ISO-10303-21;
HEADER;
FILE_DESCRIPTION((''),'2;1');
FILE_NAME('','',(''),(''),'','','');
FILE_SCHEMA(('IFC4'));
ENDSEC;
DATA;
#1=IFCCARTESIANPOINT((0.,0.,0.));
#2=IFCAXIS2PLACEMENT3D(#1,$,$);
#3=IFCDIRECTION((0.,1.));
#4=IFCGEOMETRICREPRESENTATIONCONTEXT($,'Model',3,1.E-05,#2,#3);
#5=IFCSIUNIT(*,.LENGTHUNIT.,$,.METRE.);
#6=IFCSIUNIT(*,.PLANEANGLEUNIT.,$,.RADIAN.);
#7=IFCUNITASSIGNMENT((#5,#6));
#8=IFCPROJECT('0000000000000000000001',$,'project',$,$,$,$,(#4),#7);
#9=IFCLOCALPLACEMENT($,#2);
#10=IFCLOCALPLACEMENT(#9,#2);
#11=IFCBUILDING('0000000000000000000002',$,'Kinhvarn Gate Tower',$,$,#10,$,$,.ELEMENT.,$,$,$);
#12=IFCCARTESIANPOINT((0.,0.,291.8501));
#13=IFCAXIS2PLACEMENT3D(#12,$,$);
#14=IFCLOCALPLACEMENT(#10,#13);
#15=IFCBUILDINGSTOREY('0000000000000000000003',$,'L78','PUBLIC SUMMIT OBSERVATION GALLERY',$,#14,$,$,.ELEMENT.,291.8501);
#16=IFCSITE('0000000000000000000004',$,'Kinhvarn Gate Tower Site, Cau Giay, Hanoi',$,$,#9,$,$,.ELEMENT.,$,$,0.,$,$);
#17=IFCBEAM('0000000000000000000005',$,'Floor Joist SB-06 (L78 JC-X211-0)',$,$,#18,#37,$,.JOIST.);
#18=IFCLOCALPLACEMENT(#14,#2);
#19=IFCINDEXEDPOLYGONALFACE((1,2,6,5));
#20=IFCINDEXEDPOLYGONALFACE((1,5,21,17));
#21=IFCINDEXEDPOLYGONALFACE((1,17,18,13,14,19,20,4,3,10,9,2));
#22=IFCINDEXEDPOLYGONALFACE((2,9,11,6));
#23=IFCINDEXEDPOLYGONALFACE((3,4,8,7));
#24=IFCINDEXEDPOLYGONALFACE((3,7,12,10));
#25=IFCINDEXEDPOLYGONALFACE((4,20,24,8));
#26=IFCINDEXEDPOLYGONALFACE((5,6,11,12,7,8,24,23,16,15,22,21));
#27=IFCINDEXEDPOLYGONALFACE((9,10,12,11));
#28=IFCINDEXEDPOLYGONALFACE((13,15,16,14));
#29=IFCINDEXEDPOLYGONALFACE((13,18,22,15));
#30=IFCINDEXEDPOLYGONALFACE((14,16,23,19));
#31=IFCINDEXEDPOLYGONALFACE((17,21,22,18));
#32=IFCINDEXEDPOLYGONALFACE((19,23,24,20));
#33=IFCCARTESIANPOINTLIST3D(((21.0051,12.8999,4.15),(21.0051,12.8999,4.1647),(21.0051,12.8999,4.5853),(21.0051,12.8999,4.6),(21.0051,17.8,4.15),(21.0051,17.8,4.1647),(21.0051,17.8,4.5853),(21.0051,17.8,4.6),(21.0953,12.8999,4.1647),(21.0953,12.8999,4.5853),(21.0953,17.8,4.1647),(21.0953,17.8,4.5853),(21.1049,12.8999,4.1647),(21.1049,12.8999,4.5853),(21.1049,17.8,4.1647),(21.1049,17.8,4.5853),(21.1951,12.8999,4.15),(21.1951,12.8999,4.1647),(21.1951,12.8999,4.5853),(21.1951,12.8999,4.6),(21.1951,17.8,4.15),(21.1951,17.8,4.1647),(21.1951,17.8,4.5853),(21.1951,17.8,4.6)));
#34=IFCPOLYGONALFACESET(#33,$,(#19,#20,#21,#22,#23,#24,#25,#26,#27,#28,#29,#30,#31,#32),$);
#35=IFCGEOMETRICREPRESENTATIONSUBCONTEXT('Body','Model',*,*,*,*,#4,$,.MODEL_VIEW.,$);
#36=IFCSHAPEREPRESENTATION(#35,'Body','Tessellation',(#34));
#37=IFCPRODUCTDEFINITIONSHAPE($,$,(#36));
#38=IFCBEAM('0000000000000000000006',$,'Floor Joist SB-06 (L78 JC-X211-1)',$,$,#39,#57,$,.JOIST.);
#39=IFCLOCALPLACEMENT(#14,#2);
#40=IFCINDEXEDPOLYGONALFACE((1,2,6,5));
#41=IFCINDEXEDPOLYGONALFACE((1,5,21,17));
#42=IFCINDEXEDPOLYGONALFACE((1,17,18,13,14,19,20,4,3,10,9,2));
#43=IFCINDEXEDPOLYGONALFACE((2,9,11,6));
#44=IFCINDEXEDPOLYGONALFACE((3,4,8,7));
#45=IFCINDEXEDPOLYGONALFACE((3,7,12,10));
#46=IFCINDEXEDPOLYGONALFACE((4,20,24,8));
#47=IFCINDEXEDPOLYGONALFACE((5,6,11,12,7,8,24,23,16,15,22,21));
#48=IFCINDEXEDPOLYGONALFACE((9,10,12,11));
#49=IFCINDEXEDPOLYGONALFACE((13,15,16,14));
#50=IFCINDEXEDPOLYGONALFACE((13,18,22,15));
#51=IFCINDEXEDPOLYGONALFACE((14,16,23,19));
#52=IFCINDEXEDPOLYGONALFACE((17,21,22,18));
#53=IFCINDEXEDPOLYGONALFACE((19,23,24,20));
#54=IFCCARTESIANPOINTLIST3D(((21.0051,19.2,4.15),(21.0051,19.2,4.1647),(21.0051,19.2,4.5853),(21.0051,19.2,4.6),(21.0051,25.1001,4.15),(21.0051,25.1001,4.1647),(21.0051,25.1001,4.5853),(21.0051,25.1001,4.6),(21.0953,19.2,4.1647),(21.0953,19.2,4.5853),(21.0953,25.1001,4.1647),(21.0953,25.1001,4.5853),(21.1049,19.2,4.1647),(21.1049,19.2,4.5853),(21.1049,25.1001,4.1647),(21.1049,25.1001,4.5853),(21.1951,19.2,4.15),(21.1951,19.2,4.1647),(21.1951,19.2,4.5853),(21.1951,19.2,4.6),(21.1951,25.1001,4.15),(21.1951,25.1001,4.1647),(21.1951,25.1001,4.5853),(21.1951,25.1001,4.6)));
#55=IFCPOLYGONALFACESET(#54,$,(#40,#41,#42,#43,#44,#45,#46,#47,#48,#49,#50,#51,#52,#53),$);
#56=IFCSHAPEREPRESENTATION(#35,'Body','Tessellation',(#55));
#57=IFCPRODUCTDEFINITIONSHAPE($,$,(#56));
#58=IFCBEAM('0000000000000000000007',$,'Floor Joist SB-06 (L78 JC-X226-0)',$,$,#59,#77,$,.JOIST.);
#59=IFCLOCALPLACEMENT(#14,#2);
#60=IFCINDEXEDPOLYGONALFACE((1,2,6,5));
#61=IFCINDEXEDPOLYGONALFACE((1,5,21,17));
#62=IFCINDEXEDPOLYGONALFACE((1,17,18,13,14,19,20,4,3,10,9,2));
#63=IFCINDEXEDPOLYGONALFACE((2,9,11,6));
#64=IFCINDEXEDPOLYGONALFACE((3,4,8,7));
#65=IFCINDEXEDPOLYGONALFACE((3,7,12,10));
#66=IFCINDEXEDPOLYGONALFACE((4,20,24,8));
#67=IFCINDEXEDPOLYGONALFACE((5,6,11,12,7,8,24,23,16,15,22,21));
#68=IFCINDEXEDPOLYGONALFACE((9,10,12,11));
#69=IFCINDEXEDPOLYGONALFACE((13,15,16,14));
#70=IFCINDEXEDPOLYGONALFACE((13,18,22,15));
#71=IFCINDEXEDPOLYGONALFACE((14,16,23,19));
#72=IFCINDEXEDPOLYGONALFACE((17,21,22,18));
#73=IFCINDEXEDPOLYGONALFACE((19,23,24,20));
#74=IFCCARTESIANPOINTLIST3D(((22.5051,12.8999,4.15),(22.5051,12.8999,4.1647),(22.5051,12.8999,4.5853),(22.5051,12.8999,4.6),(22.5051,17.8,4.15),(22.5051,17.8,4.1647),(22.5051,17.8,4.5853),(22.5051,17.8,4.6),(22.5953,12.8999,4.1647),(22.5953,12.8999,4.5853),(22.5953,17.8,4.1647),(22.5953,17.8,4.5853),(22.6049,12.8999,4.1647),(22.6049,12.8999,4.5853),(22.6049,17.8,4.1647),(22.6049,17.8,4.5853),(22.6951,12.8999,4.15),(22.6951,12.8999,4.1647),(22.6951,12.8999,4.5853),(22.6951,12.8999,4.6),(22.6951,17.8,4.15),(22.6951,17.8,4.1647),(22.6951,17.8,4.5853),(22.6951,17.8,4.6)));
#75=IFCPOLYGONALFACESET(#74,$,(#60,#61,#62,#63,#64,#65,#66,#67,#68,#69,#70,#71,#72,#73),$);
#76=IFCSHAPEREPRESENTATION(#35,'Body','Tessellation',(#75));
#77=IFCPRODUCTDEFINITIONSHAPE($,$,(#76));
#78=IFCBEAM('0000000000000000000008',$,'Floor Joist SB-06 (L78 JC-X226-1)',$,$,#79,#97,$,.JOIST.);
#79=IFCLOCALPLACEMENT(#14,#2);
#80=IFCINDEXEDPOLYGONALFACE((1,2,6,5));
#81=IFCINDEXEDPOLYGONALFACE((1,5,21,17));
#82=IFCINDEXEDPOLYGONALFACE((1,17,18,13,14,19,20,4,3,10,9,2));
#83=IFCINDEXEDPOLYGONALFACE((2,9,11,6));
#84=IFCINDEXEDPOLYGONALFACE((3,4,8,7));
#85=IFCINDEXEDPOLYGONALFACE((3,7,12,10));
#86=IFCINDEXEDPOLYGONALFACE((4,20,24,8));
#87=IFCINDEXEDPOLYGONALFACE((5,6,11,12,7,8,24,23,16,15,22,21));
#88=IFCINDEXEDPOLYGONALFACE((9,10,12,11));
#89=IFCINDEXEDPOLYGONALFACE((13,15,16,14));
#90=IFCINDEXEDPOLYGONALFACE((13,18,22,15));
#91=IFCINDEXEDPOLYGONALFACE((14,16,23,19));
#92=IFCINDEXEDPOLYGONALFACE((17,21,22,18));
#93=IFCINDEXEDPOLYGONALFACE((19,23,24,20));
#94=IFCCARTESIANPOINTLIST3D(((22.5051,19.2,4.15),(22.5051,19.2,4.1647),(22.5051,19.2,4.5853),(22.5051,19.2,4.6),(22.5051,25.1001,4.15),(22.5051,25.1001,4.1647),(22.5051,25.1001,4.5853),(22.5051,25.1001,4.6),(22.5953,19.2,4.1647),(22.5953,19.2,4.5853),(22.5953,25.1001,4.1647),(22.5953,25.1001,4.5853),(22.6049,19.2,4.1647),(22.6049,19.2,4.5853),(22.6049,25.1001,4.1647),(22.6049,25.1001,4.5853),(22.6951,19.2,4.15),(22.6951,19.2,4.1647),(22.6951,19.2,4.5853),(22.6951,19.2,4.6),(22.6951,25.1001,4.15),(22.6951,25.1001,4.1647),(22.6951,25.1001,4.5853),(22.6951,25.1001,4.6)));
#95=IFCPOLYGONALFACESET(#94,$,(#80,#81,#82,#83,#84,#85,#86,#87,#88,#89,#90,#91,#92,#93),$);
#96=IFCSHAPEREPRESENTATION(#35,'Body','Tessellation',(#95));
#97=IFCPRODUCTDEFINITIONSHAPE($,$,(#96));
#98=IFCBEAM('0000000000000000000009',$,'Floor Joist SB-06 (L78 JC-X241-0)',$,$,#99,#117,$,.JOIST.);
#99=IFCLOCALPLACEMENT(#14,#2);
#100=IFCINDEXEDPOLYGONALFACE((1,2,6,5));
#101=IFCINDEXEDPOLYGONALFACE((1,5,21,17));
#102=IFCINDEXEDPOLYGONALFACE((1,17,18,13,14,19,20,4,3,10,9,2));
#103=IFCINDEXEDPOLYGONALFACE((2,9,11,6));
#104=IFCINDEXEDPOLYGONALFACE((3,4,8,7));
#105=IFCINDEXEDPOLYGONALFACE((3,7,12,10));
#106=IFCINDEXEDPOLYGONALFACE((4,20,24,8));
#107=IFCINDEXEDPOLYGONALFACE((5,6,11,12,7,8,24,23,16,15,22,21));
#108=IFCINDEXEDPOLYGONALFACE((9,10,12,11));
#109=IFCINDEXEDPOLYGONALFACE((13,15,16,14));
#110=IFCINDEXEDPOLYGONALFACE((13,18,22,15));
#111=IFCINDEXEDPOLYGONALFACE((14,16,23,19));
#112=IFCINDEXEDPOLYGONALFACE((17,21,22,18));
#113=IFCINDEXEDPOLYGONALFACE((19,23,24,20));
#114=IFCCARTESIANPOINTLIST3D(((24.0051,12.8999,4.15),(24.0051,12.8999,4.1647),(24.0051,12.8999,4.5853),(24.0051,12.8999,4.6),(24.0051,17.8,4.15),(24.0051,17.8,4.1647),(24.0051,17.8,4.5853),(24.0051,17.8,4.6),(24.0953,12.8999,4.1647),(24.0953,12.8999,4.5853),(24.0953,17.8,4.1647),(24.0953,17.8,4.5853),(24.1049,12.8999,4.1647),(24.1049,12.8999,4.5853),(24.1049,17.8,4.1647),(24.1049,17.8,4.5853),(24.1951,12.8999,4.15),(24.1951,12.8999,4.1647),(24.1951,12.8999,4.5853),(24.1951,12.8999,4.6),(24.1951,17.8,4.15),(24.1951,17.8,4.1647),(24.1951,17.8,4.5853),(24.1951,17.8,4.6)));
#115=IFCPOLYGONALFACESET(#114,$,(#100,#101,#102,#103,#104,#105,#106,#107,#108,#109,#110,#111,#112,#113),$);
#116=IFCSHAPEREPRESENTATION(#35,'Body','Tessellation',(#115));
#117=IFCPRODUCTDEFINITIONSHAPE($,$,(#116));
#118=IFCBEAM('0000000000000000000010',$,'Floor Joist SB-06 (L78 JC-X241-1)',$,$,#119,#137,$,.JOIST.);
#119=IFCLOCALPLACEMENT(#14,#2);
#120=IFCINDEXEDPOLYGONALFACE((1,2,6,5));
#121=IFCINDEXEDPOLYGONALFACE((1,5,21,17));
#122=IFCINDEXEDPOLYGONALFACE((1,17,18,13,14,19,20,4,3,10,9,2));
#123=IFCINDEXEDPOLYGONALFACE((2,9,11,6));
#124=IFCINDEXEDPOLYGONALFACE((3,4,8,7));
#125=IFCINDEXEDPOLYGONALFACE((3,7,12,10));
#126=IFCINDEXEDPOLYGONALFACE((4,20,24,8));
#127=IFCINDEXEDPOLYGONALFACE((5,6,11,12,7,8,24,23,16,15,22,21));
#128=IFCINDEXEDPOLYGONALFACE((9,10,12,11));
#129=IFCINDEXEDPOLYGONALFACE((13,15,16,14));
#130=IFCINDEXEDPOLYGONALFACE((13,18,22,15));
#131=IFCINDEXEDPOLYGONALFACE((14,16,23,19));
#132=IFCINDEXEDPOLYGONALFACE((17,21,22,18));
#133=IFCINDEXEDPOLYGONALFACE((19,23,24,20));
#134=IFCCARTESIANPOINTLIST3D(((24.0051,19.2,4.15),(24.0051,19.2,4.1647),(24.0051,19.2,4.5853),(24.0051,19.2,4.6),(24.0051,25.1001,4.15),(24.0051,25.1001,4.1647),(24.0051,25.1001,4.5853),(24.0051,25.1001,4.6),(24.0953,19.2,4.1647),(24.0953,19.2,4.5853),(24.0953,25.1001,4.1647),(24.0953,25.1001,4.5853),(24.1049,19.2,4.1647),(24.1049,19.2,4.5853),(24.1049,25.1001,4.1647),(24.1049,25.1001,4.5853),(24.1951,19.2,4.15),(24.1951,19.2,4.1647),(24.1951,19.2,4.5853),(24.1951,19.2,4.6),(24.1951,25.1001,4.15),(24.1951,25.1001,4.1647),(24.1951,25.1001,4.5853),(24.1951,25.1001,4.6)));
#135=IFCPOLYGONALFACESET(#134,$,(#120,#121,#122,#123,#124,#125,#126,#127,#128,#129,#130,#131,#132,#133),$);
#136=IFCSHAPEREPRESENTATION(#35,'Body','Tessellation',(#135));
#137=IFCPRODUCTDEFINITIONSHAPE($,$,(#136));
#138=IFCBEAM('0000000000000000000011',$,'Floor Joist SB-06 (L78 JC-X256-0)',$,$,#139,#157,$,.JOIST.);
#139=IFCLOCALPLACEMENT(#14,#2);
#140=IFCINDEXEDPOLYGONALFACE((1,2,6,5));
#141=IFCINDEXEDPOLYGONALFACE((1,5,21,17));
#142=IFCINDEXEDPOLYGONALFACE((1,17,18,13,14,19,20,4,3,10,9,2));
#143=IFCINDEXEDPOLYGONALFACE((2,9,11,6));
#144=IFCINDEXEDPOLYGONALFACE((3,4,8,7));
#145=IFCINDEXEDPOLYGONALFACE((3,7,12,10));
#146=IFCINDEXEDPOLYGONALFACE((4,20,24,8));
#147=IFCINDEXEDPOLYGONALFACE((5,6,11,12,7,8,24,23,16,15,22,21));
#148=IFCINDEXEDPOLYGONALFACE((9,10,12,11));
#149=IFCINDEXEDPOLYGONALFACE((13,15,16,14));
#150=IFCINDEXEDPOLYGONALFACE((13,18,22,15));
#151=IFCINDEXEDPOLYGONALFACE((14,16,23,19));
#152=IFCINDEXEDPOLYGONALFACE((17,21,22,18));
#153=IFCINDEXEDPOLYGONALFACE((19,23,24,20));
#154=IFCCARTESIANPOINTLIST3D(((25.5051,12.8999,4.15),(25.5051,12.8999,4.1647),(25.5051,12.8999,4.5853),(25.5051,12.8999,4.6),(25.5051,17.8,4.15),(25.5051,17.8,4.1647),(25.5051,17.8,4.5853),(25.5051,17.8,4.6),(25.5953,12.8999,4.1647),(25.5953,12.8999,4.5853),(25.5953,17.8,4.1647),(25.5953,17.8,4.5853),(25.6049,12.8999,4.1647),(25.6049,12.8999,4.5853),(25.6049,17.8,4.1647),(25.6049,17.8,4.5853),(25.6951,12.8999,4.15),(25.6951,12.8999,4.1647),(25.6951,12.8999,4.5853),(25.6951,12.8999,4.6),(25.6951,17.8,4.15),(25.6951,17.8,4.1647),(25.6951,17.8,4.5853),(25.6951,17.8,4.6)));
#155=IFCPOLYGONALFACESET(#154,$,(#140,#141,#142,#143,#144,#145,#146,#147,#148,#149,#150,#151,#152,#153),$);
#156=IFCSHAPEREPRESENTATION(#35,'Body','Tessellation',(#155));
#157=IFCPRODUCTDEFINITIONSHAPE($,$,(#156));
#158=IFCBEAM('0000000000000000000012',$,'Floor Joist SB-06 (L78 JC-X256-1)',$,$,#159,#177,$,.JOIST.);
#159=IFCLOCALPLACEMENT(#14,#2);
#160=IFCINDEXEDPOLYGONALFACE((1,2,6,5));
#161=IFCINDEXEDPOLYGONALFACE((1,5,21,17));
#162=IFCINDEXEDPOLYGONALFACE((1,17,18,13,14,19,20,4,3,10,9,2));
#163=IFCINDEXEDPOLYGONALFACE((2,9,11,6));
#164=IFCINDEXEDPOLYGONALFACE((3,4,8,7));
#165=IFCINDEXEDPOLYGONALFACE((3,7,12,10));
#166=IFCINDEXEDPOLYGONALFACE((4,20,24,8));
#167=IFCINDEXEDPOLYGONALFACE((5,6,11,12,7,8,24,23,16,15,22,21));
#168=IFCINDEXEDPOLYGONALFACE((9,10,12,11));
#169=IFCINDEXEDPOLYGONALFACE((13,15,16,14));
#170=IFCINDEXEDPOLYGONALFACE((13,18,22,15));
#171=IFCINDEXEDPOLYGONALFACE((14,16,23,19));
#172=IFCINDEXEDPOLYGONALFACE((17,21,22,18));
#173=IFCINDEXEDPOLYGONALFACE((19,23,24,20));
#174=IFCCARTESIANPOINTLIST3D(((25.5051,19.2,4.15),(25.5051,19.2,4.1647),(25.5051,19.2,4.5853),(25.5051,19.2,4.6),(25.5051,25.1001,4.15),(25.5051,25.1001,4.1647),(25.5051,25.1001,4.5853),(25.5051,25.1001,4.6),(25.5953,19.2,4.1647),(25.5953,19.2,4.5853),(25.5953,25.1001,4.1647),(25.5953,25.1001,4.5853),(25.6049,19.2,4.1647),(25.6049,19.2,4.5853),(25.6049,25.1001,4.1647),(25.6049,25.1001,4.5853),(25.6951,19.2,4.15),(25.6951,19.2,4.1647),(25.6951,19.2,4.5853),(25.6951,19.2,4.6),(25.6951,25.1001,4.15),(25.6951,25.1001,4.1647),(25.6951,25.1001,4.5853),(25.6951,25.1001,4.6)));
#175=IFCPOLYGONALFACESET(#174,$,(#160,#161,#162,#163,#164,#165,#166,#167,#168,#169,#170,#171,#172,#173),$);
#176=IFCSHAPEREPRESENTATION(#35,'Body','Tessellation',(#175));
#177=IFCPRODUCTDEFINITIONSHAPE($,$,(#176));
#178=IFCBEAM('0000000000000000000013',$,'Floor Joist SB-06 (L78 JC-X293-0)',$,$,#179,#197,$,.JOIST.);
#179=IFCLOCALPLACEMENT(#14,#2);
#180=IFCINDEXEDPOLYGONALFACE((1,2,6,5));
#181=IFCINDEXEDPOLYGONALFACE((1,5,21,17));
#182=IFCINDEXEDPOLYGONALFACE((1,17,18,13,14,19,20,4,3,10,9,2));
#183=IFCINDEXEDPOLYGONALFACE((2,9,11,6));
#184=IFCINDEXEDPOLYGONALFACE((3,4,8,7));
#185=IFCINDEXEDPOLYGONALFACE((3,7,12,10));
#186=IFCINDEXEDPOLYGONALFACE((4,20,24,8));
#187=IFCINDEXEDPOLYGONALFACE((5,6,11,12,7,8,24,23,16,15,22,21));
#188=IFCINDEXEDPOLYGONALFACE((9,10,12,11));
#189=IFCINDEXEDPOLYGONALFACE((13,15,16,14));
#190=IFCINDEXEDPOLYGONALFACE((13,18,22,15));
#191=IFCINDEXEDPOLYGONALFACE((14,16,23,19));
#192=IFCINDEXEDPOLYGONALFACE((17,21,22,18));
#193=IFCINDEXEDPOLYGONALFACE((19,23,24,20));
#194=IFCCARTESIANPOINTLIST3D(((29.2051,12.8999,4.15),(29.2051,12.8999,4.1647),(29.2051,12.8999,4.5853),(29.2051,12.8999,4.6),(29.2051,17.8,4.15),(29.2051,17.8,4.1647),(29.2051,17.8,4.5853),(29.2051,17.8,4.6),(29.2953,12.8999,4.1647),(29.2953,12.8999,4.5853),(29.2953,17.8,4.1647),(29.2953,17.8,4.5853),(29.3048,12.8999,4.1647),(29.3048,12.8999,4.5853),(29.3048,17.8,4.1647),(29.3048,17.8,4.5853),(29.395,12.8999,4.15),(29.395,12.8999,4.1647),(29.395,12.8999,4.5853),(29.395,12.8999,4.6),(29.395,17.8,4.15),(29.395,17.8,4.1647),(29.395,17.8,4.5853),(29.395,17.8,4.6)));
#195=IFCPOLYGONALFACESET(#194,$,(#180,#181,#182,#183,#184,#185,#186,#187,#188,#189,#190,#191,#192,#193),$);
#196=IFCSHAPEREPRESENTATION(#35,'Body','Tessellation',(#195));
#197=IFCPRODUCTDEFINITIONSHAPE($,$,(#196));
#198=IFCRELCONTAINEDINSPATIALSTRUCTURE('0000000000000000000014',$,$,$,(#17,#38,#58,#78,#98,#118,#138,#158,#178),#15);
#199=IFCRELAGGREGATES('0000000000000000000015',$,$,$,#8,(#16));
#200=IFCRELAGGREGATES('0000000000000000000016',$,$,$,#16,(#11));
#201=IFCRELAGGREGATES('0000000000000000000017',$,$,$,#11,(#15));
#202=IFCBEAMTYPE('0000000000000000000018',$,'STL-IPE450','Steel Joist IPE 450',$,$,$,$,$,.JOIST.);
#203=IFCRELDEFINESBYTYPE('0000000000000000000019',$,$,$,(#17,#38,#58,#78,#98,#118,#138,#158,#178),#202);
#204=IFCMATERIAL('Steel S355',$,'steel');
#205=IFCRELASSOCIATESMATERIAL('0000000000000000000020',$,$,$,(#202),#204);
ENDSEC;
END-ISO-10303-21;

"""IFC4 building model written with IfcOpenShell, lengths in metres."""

from ifc_helpers import new_model, si_unit, direction, frame, origin, origin_2d, place, context, subcontext, project, spatial, i_section, extrude, material, material_profile, profile_set, type_object, element, save


model = new_model("IFC4")

# Units and contexts
model_context = context("Model", 3, precision=1e-05, world=origin(), true_north=direction((0.0, 1.0)))
body_context = subcontext(model_context, "Body", "Model", "MODEL_VIEW")
ifc_project = project(units=[si_unit("LENGTHUNIT", "METRE"), si_unit("PLANEANGLEUNIT", "RADIAN")], contexts=[model_context])

# Site, building, storey
site_placement = place(None, origin())
site = spatial("IfcSite", under=ifc_project, at=site_placement, Name="Kinhvarn Gate Tower Site, Cau Giay, Hanoi", CompositionType="ELEMENT", RefElevation=0.0)
building_placement = place(site_placement, origin())
building = spatial("IfcBuilding", under=site, at=building_placement, Name="Kinhvarn Gate Tower", CompositionType="ELEMENT")
storey_placement = place(building_placement, frame((0.0, 0.0, 291.8501)))
storey = spatial("IfcBuildingStorey", under=building, at=storey_placement, Name="L78", Description="PUBLIC SUMMIT OBSERVATION GALLERY", CompositionType="ELEMENT", Elevation=291.8501)

# Beams
ifc_material_1 = material(Name="Steel S355", Category="steel")
ifc_material_profile = material_profile(ifc_material_1, i_section(OverallWidth=0.1899, OverallDepth=0.45, WebThickness=0.0095, FlangeThickness=0.0146, at=origin_2d()), Name="IPE 450")
ifc_profile_set = profile_set([ifc_material_profile], Name="Steel S355")
beam_type = type_object("IfcBeamType", Name="STL-IPE450", Description="Steel Joist IPE 450", PredefinedType="JOIST", material=ifc_profile_set)
beam_1_placement = place(storey_placement, frame((21.1001, 12.8999, 4.375), z_axis=(0.0, 1.0, 0.0), x_axis=(-1.0, 0.0, 0.0)))
element("IfcBeam", 1, at=beam_1_placement, inside=storey, type_object=beam_type, Name="Floor Joist SB-06 (L78 JC-X211-0)", PredefinedType="JOIST", context=body_context, shape_type="SweptSolid", body=[
    extrude(i_section(OverallWidth=0.1899, OverallDepth=0.45, WebThickness=0.0095, FlangeThickness=0.0146, at=origin_2d()), origin(), (0.0, 0.0, 1.0), 4.9001),
])
beam_2_placement = place(storey_placement, frame((21.1001, 19.2, 4.375), z_axis=(0.0, 1.0, 0.0), x_axis=(-1.0, 0.0, 0.0)))
element("IfcBeam", 2, at=beam_2_placement, inside=storey, type_object=beam_type, Name="Floor Joist SB-06 (L78 JC-X211-1)", PredefinedType="JOIST", context=body_context, shape_type="SweptSolid", body=[
    extrude(i_section(OverallWidth=0.1899, OverallDepth=0.45, WebThickness=0.0095, FlangeThickness=0.0146, at=origin_2d()), origin(), (0.0, 0.0, 1.0), 5.9001),
])
beam_3_placement = place(storey_placement, frame((22.6001, 12.8999, 4.375), z_axis=(0.0, 1.0, 0.0), x_axis=(-1.0, 0.0, 0.0)))
element("IfcBeam", 3, at=beam_3_placement, inside=storey, type_object=beam_type, Name="Floor Joist SB-06 (L78 JC-X226-0)", PredefinedType="JOIST", context=body_context, shape_type="SweptSolid", body=[
    extrude(i_section(OverallWidth=0.1899, OverallDepth=0.45, WebThickness=0.0095, FlangeThickness=0.0146, at=origin_2d()), origin(), (0.0, 0.0, 1.0), 4.9001),
])
beam_4_placement = place(storey_placement, frame((22.6001, 19.2, 4.375), z_axis=(0.0, 1.0, 0.0), x_axis=(-1.0, 0.0, 0.0)))
element("IfcBeam", 4, at=beam_4_placement, inside=storey, type_object=beam_type, Name="Floor Joist SB-06 (L78 JC-X226-1)", PredefinedType="JOIST", context=body_context, shape_type="SweptSolid", body=[
    extrude(i_section(OverallWidth=0.1899, OverallDepth=0.45, WebThickness=0.0095, FlangeThickness=0.0146, at=origin_2d()), origin(), (0.0, 0.0, 1.0), 5.9001),
])
beam_5_placement = place(storey_placement, frame((24.1001, 12.8999, 4.375), z_axis=(0.0, 1.0, 0.0), x_axis=(-1.0, 0.0, 0.0)))
element("IfcBeam", 5, at=beam_5_placement, inside=storey, type_object=beam_type, Name="Floor Joist SB-06 (L78 JC-X241-0)", PredefinedType="JOIST", context=body_context, shape_type="SweptSolid", body=[
    extrude(i_section(OverallWidth=0.1899, OverallDepth=0.45, WebThickness=0.0095, FlangeThickness=0.0146, at=origin_2d()), origin(), (0.0, 0.0, 1.0), 4.9001),
])
beam_6_placement = place(storey_placement, frame((24.1001, 19.2, 4.375), z_axis=(0.0, 1.0, 0.0), x_axis=(-1.0, 0.0, 0.0)))
element("IfcBeam", 6, at=beam_6_placement, inside=storey, type_object=beam_type, Name="Floor Joist SB-06 (L78 JC-X241-1)", PredefinedType="JOIST", context=body_context, shape_type="SweptSolid", body=[
    extrude(i_section(OverallWidth=0.1899, OverallDepth=0.45, WebThickness=0.0095, FlangeThickness=0.0146, at=origin_2d()), origin(), (0.0, 0.0, 1.0), 5.9001),
])
beam_7_placement = place(storey_placement, frame((25.6001, 12.8999, 4.375), z_axis=(0.0, 1.0, 0.0), x_axis=(-1.0, 0.0, 0.0)))
element("IfcBeam", 7, at=beam_7_placement, inside=storey, type_object=beam_type, Name="Floor Joist SB-06 (L78 JC-X256-0)", PredefinedType="JOIST", context=body_context, shape_type="SweptSolid", body=[
    extrude(i_section(OverallWidth=0.1899, OverallDepth=0.45, WebThickness=0.0095, FlangeThickness=0.0146, at=origin_2d()), origin(), (0.0, 0.0, 1.0), 4.9001),
])
beam_8_placement = place(storey_placement, frame((25.6001, 19.2, 4.375), z_axis=(0.0, 1.0, 0.0), x_axis=(-1.0, 0.0, 0.0)))
element("IfcBeam", 8, at=beam_8_placement, inside=storey, type_object=beam_type, Name="Floor Joist SB-06 (L78 JC-X256-1)", PredefinedType="JOIST", context=body_context, shape_type="SweptSolid", body=[
    extrude(i_section(OverallWidth=0.1899, OverallDepth=0.45, WebThickness=0.0095, FlangeThickness=0.0146, at=origin_2d()), origin(), (0.0, 0.0, 1.0), 5.9001),
])
beam_9_placement = place(storey_placement, frame((29.3, 12.8999, 4.375), z_axis=(0.0, 1.0, 0.0), x_axis=(-1.0, 0.0, 0.0)))
element("IfcBeam", 9, at=beam_9_placement, inside=storey, type_object=beam_type, Name="Floor Joist SB-06 (L78 JC-X293-0)", PredefinedType="JOIST", context=body_context, shape_type="SweptSolid", body=[
    extrude(i_section(OverallWidth=0.1899, OverallDepth=0.45, WebThickness=0.0095, FlangeThickness=0.0146, at=origin_2d()), origin(), (0.0, 0.0, 1.0), 4.9001),
])

save(model, "model.ifc")
